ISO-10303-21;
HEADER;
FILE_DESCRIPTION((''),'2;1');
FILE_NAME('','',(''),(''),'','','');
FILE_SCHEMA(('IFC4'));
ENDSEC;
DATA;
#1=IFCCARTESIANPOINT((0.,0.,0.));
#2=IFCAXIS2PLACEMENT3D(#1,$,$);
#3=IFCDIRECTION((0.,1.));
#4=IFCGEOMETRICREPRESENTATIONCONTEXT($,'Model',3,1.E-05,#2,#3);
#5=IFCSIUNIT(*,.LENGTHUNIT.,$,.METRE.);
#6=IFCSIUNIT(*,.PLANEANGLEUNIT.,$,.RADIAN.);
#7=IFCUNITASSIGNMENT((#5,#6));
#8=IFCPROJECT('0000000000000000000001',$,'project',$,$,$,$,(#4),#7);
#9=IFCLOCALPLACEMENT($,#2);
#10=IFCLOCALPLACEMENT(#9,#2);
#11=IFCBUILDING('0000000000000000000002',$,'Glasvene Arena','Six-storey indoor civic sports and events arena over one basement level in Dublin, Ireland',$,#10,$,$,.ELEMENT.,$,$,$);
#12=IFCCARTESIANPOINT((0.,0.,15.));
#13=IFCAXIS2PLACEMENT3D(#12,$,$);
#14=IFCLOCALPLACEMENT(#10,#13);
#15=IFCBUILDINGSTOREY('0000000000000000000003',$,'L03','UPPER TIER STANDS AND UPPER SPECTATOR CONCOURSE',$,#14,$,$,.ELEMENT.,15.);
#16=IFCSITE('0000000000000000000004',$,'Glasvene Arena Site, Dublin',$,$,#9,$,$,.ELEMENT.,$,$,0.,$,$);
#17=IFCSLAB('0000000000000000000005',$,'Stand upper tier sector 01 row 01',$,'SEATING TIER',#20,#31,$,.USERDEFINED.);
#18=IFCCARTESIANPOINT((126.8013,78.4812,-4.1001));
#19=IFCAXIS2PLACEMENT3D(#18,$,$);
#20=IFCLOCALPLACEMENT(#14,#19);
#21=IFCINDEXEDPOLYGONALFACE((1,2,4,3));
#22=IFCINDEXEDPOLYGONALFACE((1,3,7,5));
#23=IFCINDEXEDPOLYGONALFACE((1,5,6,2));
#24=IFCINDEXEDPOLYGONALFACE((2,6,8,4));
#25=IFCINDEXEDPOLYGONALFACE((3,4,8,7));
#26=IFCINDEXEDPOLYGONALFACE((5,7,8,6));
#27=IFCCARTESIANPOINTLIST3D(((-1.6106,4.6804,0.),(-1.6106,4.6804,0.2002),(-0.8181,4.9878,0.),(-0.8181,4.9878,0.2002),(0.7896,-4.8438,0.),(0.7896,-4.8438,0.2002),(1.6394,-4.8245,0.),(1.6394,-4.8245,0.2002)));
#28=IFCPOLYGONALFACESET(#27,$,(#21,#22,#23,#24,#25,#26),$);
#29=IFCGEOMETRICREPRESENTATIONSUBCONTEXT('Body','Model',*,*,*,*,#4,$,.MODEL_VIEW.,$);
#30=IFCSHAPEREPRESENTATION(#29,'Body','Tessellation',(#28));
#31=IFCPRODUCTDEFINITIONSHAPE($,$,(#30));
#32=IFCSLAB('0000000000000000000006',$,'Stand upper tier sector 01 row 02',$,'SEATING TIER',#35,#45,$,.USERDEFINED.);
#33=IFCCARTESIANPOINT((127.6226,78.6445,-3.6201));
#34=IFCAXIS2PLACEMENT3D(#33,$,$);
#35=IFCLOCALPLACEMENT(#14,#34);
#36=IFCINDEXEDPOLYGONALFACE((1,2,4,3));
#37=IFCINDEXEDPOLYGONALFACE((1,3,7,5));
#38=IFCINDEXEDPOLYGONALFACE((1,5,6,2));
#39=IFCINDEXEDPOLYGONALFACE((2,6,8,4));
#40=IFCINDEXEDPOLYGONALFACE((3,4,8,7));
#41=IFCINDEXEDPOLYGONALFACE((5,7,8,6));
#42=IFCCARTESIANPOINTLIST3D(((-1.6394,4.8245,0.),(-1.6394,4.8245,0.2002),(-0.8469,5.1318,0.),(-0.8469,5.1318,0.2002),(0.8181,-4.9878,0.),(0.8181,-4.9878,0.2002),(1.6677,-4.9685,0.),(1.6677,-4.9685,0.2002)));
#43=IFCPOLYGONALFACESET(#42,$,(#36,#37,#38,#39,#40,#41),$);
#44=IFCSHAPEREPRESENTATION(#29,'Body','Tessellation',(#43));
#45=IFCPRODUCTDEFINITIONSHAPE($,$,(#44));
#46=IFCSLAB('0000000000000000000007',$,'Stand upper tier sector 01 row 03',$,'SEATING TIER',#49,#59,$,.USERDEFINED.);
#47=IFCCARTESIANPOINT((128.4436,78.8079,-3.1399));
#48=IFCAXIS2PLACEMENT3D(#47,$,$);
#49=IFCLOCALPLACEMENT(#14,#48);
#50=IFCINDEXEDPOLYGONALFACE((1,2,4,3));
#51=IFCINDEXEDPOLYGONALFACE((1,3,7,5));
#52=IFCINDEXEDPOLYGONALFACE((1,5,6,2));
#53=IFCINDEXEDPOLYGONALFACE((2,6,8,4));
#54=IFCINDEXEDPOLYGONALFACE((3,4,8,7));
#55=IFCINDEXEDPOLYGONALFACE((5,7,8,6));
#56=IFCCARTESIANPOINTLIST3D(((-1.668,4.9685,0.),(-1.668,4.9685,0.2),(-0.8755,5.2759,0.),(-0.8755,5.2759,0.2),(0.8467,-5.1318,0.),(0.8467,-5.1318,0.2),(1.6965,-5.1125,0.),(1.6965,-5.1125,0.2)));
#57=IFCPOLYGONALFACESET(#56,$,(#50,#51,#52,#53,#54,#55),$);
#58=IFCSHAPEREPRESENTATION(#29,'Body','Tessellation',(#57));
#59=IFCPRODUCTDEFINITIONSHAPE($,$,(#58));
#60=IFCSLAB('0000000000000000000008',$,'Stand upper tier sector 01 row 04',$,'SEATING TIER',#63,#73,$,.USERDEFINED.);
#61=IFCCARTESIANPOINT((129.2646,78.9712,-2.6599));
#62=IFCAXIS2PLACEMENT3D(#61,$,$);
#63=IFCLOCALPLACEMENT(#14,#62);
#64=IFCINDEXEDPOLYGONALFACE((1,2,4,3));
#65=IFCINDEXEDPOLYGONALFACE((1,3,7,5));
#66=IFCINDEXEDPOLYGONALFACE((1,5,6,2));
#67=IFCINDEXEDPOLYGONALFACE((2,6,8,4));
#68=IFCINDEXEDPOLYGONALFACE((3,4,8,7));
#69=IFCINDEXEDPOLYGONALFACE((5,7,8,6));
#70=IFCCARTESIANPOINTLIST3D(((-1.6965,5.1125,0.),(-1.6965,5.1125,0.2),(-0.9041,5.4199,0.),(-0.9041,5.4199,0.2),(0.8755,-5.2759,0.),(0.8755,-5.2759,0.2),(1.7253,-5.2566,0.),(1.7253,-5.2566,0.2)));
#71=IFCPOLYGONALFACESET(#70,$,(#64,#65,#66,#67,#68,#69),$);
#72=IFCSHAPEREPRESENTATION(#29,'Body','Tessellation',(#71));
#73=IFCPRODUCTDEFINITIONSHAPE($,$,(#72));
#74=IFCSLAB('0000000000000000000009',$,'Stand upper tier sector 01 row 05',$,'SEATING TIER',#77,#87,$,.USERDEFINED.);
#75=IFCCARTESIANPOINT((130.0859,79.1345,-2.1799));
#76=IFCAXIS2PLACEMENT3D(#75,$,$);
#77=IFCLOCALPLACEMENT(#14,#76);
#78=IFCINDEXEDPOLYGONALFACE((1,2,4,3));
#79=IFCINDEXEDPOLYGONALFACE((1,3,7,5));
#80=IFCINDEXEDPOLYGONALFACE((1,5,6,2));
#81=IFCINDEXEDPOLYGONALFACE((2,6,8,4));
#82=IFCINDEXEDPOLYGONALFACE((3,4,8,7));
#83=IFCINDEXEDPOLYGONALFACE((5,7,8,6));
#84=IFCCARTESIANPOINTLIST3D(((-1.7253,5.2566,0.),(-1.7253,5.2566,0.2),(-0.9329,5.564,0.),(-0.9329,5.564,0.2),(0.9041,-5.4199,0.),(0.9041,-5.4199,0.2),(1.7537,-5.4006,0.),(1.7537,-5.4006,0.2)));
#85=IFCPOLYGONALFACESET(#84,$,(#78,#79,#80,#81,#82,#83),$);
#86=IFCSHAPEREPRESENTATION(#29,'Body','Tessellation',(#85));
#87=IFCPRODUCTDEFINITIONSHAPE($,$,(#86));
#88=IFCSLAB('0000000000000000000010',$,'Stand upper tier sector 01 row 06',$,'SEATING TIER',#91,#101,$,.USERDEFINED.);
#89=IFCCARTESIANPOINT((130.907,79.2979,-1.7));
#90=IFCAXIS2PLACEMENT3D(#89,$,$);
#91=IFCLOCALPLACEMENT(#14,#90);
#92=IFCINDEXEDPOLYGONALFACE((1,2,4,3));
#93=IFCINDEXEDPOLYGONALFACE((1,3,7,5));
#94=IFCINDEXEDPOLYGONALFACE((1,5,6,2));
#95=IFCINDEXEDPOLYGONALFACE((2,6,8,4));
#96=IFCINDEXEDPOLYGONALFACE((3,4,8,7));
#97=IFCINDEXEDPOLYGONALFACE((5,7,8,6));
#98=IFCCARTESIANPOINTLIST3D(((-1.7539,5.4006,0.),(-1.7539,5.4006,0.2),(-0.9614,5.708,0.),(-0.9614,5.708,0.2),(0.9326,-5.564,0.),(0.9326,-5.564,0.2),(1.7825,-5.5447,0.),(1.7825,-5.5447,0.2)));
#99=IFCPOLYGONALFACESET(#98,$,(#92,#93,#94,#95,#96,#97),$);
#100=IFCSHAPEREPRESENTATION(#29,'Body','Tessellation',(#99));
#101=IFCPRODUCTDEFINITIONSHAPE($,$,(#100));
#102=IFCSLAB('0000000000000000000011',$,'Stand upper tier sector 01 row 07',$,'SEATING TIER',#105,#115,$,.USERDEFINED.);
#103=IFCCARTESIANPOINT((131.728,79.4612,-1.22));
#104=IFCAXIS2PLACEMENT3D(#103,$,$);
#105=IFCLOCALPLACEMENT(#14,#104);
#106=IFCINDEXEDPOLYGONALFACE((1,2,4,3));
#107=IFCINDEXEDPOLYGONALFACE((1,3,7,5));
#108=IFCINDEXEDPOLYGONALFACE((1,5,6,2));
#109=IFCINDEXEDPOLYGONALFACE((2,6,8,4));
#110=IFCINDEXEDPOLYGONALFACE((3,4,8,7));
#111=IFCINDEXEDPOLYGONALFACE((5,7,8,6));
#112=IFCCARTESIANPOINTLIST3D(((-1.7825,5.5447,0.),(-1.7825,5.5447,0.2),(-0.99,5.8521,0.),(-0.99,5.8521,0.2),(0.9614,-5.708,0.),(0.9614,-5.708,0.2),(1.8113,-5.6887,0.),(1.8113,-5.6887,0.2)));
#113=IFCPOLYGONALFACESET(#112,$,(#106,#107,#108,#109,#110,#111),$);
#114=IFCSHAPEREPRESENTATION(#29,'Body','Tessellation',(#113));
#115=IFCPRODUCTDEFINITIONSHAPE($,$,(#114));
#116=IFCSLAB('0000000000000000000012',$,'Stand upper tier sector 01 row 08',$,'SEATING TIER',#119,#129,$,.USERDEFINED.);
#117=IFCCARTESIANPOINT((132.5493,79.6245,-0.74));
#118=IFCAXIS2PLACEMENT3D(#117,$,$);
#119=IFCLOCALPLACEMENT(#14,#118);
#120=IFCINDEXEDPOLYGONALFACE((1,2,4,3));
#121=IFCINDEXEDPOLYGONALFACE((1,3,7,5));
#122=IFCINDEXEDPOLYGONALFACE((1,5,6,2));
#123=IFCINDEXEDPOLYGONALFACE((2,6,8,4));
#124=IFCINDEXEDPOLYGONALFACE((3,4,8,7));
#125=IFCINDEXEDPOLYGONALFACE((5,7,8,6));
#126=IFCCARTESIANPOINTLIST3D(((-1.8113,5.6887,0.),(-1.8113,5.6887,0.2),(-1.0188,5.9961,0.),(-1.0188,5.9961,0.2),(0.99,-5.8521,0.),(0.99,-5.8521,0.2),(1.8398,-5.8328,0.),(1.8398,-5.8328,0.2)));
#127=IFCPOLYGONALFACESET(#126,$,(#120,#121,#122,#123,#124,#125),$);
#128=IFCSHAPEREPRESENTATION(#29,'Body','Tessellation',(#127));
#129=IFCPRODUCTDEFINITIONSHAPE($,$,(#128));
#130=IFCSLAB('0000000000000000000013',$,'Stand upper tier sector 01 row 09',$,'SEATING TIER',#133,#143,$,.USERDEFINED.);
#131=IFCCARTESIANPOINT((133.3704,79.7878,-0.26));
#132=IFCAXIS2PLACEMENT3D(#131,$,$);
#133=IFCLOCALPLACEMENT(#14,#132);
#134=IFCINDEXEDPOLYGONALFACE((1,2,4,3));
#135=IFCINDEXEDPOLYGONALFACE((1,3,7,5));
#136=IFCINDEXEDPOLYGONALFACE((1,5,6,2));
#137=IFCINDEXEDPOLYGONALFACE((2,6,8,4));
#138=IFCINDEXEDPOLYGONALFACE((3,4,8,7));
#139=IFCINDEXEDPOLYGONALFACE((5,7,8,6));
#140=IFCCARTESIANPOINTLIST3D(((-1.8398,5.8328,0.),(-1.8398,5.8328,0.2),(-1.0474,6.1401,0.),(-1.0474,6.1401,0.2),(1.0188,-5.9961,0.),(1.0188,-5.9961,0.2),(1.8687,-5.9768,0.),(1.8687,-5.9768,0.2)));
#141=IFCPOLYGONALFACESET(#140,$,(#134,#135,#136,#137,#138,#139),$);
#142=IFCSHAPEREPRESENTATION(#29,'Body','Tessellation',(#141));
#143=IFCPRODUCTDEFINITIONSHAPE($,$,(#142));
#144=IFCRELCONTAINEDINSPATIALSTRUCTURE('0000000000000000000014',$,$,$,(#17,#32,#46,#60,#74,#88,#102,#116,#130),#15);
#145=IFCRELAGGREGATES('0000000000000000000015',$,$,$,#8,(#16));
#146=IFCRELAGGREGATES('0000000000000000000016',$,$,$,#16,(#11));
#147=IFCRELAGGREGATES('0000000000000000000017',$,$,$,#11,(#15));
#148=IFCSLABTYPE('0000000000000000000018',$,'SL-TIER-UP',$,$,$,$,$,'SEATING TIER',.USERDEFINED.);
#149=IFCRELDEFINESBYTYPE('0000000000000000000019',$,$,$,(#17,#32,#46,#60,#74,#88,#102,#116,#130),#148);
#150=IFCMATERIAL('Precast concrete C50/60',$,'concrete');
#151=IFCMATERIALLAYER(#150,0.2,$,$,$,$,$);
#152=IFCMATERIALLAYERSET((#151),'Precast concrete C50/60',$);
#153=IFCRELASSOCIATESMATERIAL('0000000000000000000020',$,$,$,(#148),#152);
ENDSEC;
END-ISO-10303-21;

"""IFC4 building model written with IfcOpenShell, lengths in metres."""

from ifc_helpers import new_model, si_unit, direction, frame, origin, place, context, subcontext, project, spatial, polyline, outline, extrude, material, layer, layer_set, type_object, element, save


model = new_model("IFC4")

# Units and contexts
model_context = context("Model", 3, precision=1e-05, world=origin(), true_north=direction((0.0, 1.0)))
body_context = subcontext(model_context, "Body", "Model", "MODEL_VIEW")
ifc_project = project(units=[si_unit("LENGTHUNIT", "METRE"), si_unit("PLANEANGLEUNIT", "RADIAN")], contexts=[model_context])

# Site, building, storey
site_placement = place(None, origin())
site = spatial("IfcSite", under=ifc_project, at=site_placement, Name="Glasvene Arena Site, Dublin", CompositionType="ELEMENT", RefElevation=0.0)
building_placement = place(site_placement, origin())
building = spatial("IfcBuilding", under=site, at=building_placement, Name="Glasvene Arena", Description="Six-storey indoor civic sports and events arena over one basement level in Dublin, Ireland", CompositionType="ELEMENT")
storey_placement = place(building_placement, frame((0.0, 0.0, 15.0)))
storey = spatial("IfcBuildingStorey", under=building, at=storey_placement, Name="L03", Description="UPPER TIER STANDS AND UPPER SPECTATOR CONCOURSE", CompositionType="ELEMENT", Elevation=15.0)

# Shared definitions
ifc_material_1 = material(Name="Precast concrete C50/60", Category="concrete")

# Slabs
ifc_layer_1 = layer(ifc_material_1, 0.2)
ifc_layer_set_1 = layer_set([ifc_layer_1], Name="Precast concrete C50/60")
slab_type = type_object("IfcSlabType", Name="SL-TIER-UP", ElementType="SEATING TIER", PredefinedType="USERDEFINED", material=ifc_layer_set_1)
slab_1_placement = place(storey_placement, frame((126.8013, 78.4812, -4.1001)))
element("IfcSlab", 1, at=slab_1_placement, inside=storey, type_object=slab_type, Name="Stand upper tier sector 01 row 01", ObjectType="SEATING TIER", PredefinedType="USERDEFINED", context=body_context, shape_type="SweptSolid", body=[
    extrude(outline(polyline([(0.7896, -4.8438), (-1.6106, 4.6804), (-0.8181, 4.9878), (1.6394, -4.8245), (0.7896, -4.8438)])), origin(), (0.0, 0.0, 1.0), 0.2002),
])
slab_2_placement = place(storey_placement, frame((127.6226, 78.6445, -3.6201)))
element("IfcSlab", 2, at=slab_2_placement, inside=storey, type_object=slab_type, Name="Stand upper tier sector 01 row 02", ObjectType="SEATING TIER", PredefinedType="USERDEFINED", context=body_context, shape_type="SweptSolid", body=[
    extrude(outline(polyline([(0.8181, -4.9878), (-1.6394, 4.8245), (-0.8469, 5.1318), (1.6677, -4.9685), (0.8181, -4.9878)])), origin(), (0.0, 0.0, 1.0), 0.2002),
])
slab_3_placement = place(storey_placement, frame((128.4436, 78.8079, -3.1399)))
element("IfcSlab", 3, at=slab_3_placement, inside=storey, type_object=slab_type, Name="Stand upper tier sector 01 row 03", ObjectType="SEATING TIER", PredefinedType="USERDEFINED", context=body_context, shape_type="SweptSolid", body=[
    extrude(outline(polyline([(0.8467, -5.1318), (-1.668, 4.9685), (-0.8755, 5.2759), (1.6965, -5.1125), (0.8467, -5.1318)])), origin(), (0.0, 0.0, 1.0), 0.2),
])
slab_4_placement = place(storey_placement, frame((129.2646, 78.9712, -2.6599)))
element("IfcSlab", 4, at=slab_4_placement, inside=storey, type_object=slab_type, Name="Stand upper tier sector 01 row 04", ObjectType="SEATING TIER", PredefinedType="USERDEFINED", context=body_context, shape_type="SweptSolid", body=[
    extrude(outline(polyline([(0.8755, -5.2759), (-1.6965, 5.1125), (-0.9041, 5.4199), (1.7253, -5.2566), (0.8755, -5.2759)])), origin(), (0.0, 0.0, 1.0), 0.2),
])
slab_5_placement = place(storey_placement, frame((130.0859, 79.1345, -2.1799)))
element("IfcSlab", 5, at=slab_5_placement, inside=storey, type_object=slab_type, Name="Stand upper tier sector 01 row 05", ObjectType="SEATING TIER", PredefinedType="USERDEFINED", context=body_context, shape_type="SweptSolid", body=[
    extrude(outline(polyline([(0.9041, -5.4199), (-1.7253, 5.2566), (-0.9329, 5.564), (1.7537, -5.4006), (0.9041, -5.4199)])), origin(), (0.0, 0.0, 1.0), 0.2),
])
slab_6_placement = place(storey_placement, frame((130.907, 79.2979, -1.7)))
element("IfcSlab", 6, at=slab_6_placement, inside=storey, type_object=slab_type, Name="Stand upper tier sector 01 row 06", ObjectType="SEATING TIER", PredefinedType="USERDEFINED", context=body_context, shape_type="SweptSolid", body=[
    extrude(outline(polyline([(0.9326, -5.564), (-1.7539, 5.4006), (-0.9614, 5.708), (1.7825, -5.5447), (0.9326, -5.564)])), origin(), (0.0, 0.0, 1.0), 0.2),
])
slab_7_placement = place(storey_placement, frame((131.728, 79.4612, -1.22)))
element("IfcSlab", 7, at=slab_7_placement, inside=storey, type_object=slab_type, Name="Stand upper tier sector 01 row 07", ObjectType="SEATING TIER", PredefinedType="USERDEFINED", context=body_context, shape_type="SweptSolid", body=[
    extrude(outline(polyline([(0.9614, -5.708), (-1.7825, 5.5447), (-0.99, 5.8521), (1.8113, -5.6887), (0.9614, -5.708)])), origin(), (0.0, 0.0, 1.0), 0.2),
])
slab_8_placement = place(storey_placement, frame((132.5493, 79.6245, -0.74)))
element("IfcSlab", 8, at=slab_8_placement, inside=storey, type_object=slab_type, Name="Stand upper tier sector 01 row 08", ObjectType="SEATING TIER", PredefinedType="USERDEFINED", context=body_context, shape_type="SweptSolid", body=[
    extrude(outline(polyline([(0.99, -5.8521), (-1.8113, 5.6887), (-1.0188, 5.9961), (1.8398, -5.8328), (0.99, -5.8521)])), origin(), (0.0, 0.0, 1.0), 0.2),
])
slab_9_placement = place(storey_placement, frame((133.3704, 79.7878, -0.26)))
element("IfcSlab", 9, at=slab_9_placement, inside=storey, type_object=slab_type, Name="Stand upper tier sector 01 row 09", ObjectType="SEATING TIER", PredefinedType="USERDEFINED", context=body_context, shape_type="SweptSolid", body=[
    extrude(outline(polyline([(1.0188, -5.9961), (-1.8398, 5.8328), (-1.0474, 6.1401), (1.8687, -5.9768), (1.0188, -5.9961)])), origin(), (0.0, 0.0, 1.0), 0.2),
])

save(model, "model.ifc")
